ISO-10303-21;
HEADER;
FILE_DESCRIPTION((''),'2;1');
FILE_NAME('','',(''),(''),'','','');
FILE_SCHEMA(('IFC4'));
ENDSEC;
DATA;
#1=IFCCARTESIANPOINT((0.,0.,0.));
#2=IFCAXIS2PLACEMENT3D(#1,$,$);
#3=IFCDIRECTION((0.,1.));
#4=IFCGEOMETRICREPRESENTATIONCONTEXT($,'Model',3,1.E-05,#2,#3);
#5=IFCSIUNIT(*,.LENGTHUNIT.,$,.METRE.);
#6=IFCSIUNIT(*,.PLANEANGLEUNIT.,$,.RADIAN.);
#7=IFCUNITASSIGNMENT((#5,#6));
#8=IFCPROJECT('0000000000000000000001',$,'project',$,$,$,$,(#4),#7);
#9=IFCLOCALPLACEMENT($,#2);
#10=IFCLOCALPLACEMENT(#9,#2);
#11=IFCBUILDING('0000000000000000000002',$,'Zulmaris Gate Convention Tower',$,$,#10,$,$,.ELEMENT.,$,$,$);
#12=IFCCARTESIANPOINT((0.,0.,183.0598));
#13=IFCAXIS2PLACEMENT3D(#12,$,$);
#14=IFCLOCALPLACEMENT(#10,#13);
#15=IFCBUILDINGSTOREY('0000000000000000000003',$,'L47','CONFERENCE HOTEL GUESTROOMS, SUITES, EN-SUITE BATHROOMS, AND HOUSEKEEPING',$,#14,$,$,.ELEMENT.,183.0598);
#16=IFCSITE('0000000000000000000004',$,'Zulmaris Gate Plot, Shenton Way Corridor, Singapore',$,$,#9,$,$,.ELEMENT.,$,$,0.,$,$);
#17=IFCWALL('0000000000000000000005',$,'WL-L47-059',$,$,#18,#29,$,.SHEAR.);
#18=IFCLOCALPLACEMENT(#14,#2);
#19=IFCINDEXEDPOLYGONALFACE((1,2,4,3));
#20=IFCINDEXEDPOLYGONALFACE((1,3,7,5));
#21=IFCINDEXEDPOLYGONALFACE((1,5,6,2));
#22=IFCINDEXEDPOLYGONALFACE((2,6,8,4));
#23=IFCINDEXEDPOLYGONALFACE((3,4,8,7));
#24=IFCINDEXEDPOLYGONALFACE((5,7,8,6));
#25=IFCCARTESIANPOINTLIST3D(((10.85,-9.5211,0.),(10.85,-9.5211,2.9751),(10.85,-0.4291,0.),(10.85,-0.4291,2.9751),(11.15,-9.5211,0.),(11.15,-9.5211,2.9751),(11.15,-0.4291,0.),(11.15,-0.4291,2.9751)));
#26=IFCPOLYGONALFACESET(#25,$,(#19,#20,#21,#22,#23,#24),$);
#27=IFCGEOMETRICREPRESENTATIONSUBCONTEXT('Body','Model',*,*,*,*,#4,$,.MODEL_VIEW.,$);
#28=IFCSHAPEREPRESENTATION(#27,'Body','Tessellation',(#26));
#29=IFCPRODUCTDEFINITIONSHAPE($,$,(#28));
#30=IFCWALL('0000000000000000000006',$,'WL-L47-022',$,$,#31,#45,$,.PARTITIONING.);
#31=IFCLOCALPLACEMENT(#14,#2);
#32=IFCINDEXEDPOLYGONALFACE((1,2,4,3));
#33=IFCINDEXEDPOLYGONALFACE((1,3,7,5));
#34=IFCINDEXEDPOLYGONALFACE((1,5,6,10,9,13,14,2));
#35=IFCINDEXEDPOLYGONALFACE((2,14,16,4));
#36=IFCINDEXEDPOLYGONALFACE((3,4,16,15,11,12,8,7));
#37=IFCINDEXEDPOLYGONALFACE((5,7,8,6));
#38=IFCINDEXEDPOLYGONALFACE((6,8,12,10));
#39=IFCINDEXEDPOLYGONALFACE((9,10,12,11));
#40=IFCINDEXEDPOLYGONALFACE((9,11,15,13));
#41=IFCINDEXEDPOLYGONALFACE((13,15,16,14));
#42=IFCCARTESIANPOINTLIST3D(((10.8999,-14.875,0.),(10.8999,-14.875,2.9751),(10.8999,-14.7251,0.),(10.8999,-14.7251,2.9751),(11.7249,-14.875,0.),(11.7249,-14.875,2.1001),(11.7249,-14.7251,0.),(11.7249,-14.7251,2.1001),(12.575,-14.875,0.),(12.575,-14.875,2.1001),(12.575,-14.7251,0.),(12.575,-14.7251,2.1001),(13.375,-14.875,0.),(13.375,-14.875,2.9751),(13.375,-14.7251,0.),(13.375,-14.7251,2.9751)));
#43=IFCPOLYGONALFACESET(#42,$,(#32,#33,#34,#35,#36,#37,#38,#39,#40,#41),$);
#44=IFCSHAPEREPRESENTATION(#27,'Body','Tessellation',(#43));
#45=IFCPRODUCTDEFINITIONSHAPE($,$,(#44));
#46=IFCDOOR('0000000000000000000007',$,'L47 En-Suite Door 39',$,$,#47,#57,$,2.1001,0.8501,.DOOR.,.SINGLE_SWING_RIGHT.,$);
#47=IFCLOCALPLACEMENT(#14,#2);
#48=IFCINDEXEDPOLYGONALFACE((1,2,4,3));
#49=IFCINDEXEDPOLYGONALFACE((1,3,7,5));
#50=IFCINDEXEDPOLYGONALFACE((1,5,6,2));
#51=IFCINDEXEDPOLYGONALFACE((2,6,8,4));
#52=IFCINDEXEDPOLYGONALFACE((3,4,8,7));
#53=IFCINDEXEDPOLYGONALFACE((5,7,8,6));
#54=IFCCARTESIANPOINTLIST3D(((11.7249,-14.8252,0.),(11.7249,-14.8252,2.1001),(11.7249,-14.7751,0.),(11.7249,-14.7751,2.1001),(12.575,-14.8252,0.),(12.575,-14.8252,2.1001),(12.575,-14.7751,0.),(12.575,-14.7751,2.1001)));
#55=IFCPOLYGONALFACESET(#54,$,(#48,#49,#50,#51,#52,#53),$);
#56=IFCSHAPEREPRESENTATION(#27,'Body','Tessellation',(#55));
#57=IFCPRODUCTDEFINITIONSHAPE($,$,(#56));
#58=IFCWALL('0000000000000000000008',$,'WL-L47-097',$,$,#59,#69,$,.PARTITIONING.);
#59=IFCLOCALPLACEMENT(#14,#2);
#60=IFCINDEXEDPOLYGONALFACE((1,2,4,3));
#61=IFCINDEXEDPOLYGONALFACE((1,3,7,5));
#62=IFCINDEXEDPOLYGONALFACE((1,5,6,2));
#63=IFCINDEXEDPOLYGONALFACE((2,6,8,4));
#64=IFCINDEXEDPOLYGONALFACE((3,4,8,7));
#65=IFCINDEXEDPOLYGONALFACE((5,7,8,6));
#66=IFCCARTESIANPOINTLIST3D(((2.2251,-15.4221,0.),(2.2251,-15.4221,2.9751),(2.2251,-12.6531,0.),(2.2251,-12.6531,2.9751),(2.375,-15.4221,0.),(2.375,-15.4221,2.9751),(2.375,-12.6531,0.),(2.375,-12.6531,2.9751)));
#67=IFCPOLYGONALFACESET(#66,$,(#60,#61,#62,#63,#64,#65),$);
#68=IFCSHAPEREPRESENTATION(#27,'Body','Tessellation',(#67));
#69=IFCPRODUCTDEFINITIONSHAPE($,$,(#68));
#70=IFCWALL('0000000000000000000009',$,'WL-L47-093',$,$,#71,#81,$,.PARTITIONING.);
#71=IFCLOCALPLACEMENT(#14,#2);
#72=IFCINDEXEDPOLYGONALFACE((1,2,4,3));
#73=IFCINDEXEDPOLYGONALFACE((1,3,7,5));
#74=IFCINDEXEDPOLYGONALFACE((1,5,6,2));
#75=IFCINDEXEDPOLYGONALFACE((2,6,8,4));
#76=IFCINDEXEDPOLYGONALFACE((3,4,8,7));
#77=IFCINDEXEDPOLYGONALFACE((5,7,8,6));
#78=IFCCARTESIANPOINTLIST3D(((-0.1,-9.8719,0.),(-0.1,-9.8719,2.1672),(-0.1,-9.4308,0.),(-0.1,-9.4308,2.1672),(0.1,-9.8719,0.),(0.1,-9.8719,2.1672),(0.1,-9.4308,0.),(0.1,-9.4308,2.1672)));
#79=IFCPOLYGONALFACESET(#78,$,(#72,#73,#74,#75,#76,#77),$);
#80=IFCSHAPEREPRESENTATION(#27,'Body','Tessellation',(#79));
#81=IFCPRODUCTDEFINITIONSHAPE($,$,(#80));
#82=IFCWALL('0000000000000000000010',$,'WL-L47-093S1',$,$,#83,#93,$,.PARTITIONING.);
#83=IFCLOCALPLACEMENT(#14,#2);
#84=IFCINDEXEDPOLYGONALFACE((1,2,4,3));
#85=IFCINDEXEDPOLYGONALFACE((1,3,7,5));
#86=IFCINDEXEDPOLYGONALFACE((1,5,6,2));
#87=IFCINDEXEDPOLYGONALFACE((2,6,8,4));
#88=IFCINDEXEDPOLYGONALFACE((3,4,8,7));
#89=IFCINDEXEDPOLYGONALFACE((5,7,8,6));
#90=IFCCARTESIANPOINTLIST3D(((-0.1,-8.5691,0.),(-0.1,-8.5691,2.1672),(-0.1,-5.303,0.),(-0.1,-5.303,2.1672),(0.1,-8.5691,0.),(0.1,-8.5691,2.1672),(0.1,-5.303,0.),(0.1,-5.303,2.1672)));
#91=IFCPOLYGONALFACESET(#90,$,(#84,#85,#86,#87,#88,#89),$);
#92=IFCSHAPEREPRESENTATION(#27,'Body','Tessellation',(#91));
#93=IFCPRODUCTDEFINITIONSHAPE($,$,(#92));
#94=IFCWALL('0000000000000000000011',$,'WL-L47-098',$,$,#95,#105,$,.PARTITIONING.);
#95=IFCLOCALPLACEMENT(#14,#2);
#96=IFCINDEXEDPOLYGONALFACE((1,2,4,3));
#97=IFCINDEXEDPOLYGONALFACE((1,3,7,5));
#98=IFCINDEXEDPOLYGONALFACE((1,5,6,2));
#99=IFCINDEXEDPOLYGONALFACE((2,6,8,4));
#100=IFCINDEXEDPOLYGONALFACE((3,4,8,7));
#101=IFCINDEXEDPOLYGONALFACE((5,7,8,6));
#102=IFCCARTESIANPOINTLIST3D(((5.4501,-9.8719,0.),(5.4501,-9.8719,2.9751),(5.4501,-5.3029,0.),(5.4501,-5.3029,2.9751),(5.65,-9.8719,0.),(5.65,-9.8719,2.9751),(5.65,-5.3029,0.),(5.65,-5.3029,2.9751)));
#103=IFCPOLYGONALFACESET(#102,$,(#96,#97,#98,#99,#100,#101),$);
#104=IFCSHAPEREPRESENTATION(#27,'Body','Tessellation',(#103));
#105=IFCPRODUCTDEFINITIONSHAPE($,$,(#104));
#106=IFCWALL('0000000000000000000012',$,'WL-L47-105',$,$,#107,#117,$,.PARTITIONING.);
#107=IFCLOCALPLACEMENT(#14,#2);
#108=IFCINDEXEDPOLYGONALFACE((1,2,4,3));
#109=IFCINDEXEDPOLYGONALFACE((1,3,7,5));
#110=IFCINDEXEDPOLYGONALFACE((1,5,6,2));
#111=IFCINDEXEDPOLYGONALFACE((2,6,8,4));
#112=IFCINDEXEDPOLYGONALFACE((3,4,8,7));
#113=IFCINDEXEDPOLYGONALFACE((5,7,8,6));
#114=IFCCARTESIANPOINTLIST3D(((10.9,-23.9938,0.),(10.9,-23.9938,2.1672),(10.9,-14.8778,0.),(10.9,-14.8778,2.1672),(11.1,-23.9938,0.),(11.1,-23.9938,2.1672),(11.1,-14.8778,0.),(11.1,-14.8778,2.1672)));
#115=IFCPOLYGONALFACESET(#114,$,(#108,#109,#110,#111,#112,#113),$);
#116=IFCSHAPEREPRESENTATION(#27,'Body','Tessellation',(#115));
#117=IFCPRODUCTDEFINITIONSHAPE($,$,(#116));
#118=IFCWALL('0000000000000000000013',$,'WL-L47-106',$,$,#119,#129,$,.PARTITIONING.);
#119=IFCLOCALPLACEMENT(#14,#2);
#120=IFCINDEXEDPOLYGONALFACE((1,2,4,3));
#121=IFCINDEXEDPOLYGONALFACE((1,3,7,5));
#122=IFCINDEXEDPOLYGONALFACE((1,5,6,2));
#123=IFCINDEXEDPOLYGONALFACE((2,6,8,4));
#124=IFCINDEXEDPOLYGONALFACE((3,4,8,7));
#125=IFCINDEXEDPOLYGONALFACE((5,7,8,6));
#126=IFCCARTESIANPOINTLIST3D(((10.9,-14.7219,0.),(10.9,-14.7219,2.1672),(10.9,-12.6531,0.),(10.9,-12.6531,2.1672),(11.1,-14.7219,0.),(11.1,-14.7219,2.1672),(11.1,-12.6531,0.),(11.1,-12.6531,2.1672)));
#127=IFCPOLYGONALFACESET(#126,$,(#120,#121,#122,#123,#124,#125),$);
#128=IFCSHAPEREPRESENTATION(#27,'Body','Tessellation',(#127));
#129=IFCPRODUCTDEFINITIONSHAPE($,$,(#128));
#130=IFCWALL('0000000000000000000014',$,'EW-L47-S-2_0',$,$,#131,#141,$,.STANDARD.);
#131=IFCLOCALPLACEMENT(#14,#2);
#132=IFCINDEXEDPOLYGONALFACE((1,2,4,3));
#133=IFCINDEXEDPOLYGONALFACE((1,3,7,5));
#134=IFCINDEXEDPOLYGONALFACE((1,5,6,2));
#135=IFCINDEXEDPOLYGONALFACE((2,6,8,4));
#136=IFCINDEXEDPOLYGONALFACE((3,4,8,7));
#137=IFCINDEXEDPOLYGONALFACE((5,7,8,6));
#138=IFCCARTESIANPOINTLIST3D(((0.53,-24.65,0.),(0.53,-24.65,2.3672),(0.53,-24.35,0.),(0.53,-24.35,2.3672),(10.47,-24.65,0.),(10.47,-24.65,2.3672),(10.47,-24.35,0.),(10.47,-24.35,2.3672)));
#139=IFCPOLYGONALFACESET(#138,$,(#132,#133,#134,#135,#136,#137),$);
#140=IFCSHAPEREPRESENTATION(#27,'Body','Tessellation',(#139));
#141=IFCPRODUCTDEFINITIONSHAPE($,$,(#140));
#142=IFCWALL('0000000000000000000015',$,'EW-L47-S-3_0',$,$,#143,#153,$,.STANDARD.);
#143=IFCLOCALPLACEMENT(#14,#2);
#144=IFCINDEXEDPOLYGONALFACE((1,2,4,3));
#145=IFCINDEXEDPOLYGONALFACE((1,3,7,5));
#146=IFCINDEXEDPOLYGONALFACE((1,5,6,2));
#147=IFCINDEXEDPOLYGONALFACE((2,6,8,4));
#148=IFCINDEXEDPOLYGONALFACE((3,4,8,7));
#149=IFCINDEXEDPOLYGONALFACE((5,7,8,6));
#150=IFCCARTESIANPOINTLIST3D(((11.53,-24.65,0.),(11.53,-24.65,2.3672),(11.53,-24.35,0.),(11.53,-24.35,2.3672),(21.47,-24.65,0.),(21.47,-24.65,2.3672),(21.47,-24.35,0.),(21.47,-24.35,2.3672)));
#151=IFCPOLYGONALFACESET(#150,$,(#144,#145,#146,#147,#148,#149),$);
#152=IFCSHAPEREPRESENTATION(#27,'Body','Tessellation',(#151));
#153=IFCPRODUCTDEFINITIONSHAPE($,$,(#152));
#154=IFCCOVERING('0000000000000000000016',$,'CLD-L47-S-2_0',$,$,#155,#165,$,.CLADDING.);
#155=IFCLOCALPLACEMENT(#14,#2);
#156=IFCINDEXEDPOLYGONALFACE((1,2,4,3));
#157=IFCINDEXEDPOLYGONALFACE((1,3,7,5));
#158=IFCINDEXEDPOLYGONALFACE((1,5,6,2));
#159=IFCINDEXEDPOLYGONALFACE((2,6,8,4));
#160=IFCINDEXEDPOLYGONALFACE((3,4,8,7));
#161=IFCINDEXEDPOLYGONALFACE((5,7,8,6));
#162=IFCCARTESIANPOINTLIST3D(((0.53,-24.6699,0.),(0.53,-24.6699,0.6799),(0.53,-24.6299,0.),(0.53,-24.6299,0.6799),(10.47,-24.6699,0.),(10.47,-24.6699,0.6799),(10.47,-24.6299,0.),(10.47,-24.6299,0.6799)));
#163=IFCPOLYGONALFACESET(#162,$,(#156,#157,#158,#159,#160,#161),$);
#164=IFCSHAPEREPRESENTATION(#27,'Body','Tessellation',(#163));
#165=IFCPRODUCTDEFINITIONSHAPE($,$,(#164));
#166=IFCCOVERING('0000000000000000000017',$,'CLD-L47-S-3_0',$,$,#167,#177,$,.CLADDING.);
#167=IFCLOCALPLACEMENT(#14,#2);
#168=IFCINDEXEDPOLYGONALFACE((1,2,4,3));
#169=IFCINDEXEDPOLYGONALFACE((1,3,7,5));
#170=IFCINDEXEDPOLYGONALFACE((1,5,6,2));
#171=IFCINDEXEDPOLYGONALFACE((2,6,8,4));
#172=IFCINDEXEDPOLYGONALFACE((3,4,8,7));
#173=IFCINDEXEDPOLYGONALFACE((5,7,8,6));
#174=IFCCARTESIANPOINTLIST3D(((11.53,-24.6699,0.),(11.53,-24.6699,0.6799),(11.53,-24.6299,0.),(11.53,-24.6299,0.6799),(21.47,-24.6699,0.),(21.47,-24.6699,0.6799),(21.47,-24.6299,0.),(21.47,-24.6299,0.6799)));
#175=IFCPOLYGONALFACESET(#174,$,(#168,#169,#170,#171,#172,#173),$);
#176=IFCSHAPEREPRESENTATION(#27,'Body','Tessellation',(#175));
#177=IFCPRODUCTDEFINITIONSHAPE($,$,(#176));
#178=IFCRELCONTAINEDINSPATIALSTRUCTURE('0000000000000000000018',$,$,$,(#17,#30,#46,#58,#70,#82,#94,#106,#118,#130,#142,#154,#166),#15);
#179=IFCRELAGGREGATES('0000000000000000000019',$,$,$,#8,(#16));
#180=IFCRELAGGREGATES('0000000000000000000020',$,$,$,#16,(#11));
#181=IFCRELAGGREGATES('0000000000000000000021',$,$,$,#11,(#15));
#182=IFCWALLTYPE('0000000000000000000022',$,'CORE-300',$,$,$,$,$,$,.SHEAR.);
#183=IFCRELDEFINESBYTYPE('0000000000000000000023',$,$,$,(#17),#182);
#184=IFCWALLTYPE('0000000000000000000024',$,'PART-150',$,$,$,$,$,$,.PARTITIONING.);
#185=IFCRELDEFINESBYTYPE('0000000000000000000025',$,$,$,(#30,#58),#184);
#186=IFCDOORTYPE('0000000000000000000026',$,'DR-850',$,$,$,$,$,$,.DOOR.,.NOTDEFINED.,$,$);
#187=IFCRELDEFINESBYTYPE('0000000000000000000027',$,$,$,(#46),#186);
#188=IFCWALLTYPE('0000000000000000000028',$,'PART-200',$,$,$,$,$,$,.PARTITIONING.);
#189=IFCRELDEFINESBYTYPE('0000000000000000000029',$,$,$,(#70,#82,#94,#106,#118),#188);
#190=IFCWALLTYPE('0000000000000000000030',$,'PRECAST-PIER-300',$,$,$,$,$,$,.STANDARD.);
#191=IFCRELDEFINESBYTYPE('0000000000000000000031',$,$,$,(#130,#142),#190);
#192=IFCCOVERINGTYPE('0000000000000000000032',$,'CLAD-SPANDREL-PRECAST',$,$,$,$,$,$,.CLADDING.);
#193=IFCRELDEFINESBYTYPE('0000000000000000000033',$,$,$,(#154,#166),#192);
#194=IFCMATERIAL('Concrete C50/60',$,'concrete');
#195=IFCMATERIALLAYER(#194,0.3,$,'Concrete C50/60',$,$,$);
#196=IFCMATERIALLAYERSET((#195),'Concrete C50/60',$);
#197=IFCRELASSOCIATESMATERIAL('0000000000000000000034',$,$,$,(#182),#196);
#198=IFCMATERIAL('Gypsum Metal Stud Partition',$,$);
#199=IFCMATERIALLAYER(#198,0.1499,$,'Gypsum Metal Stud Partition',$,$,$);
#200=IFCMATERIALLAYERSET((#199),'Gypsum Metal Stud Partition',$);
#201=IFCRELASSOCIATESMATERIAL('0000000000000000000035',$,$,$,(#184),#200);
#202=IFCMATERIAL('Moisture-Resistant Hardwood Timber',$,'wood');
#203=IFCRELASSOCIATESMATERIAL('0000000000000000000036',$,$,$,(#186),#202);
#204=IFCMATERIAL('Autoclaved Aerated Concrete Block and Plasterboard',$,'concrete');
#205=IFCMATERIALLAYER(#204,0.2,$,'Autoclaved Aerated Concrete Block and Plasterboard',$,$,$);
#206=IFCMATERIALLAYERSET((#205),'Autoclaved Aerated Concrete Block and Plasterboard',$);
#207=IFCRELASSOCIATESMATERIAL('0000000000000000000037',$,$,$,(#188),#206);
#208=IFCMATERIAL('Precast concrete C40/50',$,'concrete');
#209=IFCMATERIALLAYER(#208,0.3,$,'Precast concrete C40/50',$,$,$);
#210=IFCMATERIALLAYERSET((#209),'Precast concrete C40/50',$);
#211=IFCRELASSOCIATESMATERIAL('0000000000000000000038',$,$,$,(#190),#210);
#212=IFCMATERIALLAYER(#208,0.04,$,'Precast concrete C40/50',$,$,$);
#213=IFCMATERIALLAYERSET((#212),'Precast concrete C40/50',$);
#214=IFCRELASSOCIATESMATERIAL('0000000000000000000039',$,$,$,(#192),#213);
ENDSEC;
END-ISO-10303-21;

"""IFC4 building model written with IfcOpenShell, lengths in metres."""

from ifc_helpers import new_model, si_unit, direction, frame, frame_2d, origin, place, context, subcontext, project, spatial, rectangle, extrude, material, layer, layer_set, type_object, element, fill, save


model = new_model("IFC4")

# Units and contexts
model_context = context("Model", 3, precision=1e-05, world=origin(), true_north=direction((0.0, 1.0)))
body_context = subcontext(model_context, "Body", "Model", "MODEL_VIEW")
ifc_project = project(units=[si_unit("LENGTHUNIT", "METRE"), si_unit("PLANEANGLEUNIT", "RADIAN")], contexts=[model_context])

# Site, building, storey
site_placement = place(None, origin())
site = spatial("IfcSite", under=ifc_project, at=site_placement, Name="Zulmaris Gate Plot, Shenton Way Corridor, Singapore", CompositionType="ELEMENT", RefElevation=0.0)
building_placement = place(site_placement, origin())
building = spatial("IfcBuilding", under=site, at=building_placement, Name="Zulmaris Gate Convention Tower", CompositionType="ELEMENT")
storey_placement = place(building_placement, frame((0.0, 0.0, 183.0598)))
storey = spatial("IfcBuildingStorey", under=building, at=storey_placement, Name="L47", Description="CONFERENCE HOTEL GUESTROOMS, SUITES, EN-SUITE BATHROOMS, AND HOUSEKEEPING", CompositionType="ELEMENT", Elevation=183.0598)

# Shared definitions
ifc_material_1 = material(Name="Concrete C50/60", Category="concrete")

# Wall
ifc_layer_1 = layer(ifc_material_1, 0.3, Name="Concrete C50/60")
ifc_layer_set_1 = layer_set([ifc_layer_1], Name="Concrete C50/60")
wall_type_1 = type_object("IfcWallType", Name="CORE-300", PredefinedType="SHEAR", material=ifc_layer_set_1)
wall_1_placement = place(storey_placement, frame((11.0, -9.521, 0.0), z_axis=(0.0, 0.0, 1.0), x_axis=(0.0, 1.0, 0.0)))
element("IfcWall", 1, at=wall_1_placement, inside=storey, type_object=wall_type_1, Name="WL-L47-059", PredefinedType="SHEAR", context=body_context, shape_type="SweptSolid", body=[
    extrude(rectangle(XDim=9.092, YDim=0.3, at=frame_2d((4.5459, 0.0))), origin(), (0.0, 0.0, 1.0), 2.9751),
])

# Wall, opening, door
ifc_material_2 = material(Name="Gypsum Metal Stud Partition")
ifc_layer_2 = layer(ifc_material_2, 0.1499, Name="Gypsum Metal Stud Partition")
ifc_layer_set_2 = layer_set([ifc_layer_2], Name="Gypsum Metal Stud Partition")
wall_type_2 = type_object("IfcWallType", Name="PART-150", PredefinedType="PARTITIONING", material=ifc_layer_set_2)
wall_2_placement = place(storey_placement, frame((10.8999, -14.8, 0.0), z_axis=(0.0, 0.0, 1.0), x_axis=(1.0, 0.0, 0.0)))
wall_2 = element("IfcWall", 2, at=wall_2_placement, inside=storey, type_object=wall_type_2, Name="WL-L47-022", PredefinedType="PARTITIONING", context=body_context, shape_type="SweptSolid", body=[
    extrude(rectangle(XDim=2.4751, YDim=0.1499, at=frame_2d((1.2375, 0.0))), origin(), (0.0, 0.0, 1.0), 2.9751),
])
opening_1_placement = place(wall_2_placement, frame((0.825, 0.0, 0.0)))
opening_1 = element("IfcOpeningElement", 3, at=opening_1_placement, cuts=wall_2, PredefinedType="OPENING", context=body_context, shape_type="SweptSolid", body=[
    extrude(rectangle(XDim=0.8501, YDim=2.1001, at=frame_2d((0.425, 1.05))), frame((0.0, 0.085, 0.0), z_axis=(0.0, -1.0, 0.0), x_axis=(1.0, 0.0, 0.0)), (0.0, 0.0, 1.0), 0.1699),
])
ifc_material_3 = material(Name="Moisture-Resistant Hardwood Timber", Category="wood")
door_type_1 = type_object("IfcDoorType", Name="DR-850", OperationType="NOTDEFINED", PredefinedType="DOOR", material=ifc_material_3)
door_1_placement = place(opening_1_placement, origin())
door_1 = element("IfcDoor", 4, at=door_1_placement, inside=storey, type_object=door_type_1, Name="L47 En-Suite Door 39", OperationType="SINGLE_SWING_RIGHT", OverallHeight=2.1001, OverallWidth=0.8501, PredefinedType="DOOR", context=body_context, shape_type="SweptSolid", body=[
    extrude(rectangle(XDim=0.8501, YDim=2.1001, at=frame_2d((0.425, 1.05))), frame((0.0, 0.0249, 0.0), z_axis=(0.0, -1.0, 0.0), x_axis=(1.0, 0.0, 0.0)), (0.0, 0.0, 1.0), 0.05),
])
fill(opening_1, door_1)

# Wall
wall_3_placement = place(storey_placement, frame((2.3, -15.4221, 0.0), z_axis=(0.0, 0.0, 1.0), x_axis=(0.0, 1.0, 0.0)))
element("IfcWall", 5, at=wall_3_placement, inside=storey, type_object=wall_type_2, Name="WL-L47-097", PredefinedType="PARTITIONING", context=body_context, shape_type="SweptSolid", body=[
    extrude(rectangle(XDim=2.769, YDim=0.1499, at=frame_2d((1.3845, 0.0))), origin(), (0.0, 0.0, 1.0), 2.9751),
])

# Walls
ifc_material_4 = material(Name="Autoclaved Aerated Concrete Block and Plasterboard", Category="concrete")
ifc_layer_3 = layer(ifc_material_4, 0.2, Name="Autoclaved Aerated Concrete Block and Plasterboard")
ifc_layer_set_3 = layer_set([ifc_layer_3], Name="Autoclaved Aerated Concrete Block and Plasterboard")
wall_type_3 = type_object("IfcWallType", Name="PART-200", PredefinedType="PARTITIONING", material=ifc_layer_set_3)
wall_4_placement = place(storey_placement, frame((0.0, -9.8721, 0.0), z_axis=(0.0, 0.0, 1.0), x_axis=(0.0, 1.0, 0.0)))
element("IfcWall", 6, at=wall_4_placement, inside=storey, type_object=wall_type_3, Name="WL-L47-093", PredefinedType="PARTITIONING", context=body_context, shape_type="SweptSolid", body=[
    extrude(rectangle(XDim=0.4412, YDim=0.2, at=frame_2d((0.2207, 0.0))), origin(), (0.0, 0.0, 1.0), 2.1672),
])
wall_5_placement = place(storey_placement, frame((0.0, -8.5691, 0.0), z_axis=(0.0, 0.0, 1.0), x_axis=(0.0, 1.0, 0.0)))
element("IfcWall", 7, at=wall_5_placement, inside=storey, type_object=wall_type_3, Name="WL-L47-093S1", PredefinedType="PARTITIONING", context=body_context, shape_type="SweptSolid", body=[
    extrude(rectangle(XDim=3.2661, YDim=0.2, at=frame_2d((1.6331, 0.0))), origin(), (0.0, 0.0, 1.0), 2.1672),
])
wall_6_placement = place(storey_placement, frame((5.55, -9.8721, 0.0), z_axis=(0.0, 0.0, 1.0), x_axis=(0.0, 1.0, 0.0)))
element("IfcWall", 8, at=wall_6_placement, inside=storey, type_object=wall_type_3, Name="WL-L47-098", PredefinedType="PARTITIONING", context=body_context, shape_type="SweptSolid", body=[
    extrude(rectangle(XDim=4.5691, YDim=0.2, at=frame_2d((2.2847, 0.0))), origin(), (0.0, 0.0, 1.0), 2.9751),
])
wall_7_placement = place(storey_placement, frame((11.0, -23.9939, 0.0), z_axis=(0.0, 0.0, 1.0), x_axis=(0.0, 1.0, 0.0)))
element("IfcWall", 9, at=wall_7_placement, inside=storey, type_object=wall_type_3, Name="WL-L47-105", PredefinedType="PARTITIONING", context=body_context, shape_type="SweptSolid", body=[
    extrude(rectangle(XDim=9.116, YDim=0.2, at=frame_2d((4.5581, 0.0))), origin(), (0.0, 0.0, 1.0), 2.1672),
])
wall_8_placement = place(storey_placement, frame((11.0, -14.7219, 0.0), z_axis=(0.0, 0.0, 1.0), x_axis=(0.0, 1.0, 0.0)))
element("IfcWall", 10, at=wall_8_placement, inside=storey, type_object=wall_type_3, Name="WL-L47-106", PredefinedType="PARTITIONING", context=body_context, shape_type="SweptSolid", body=[
    extrude(rectangle(XDim=2.0688, YDim=0.2, at=frame_2d((1.0344, 0.0))), origin(), (0.0, 0.0, 1.0), 2.1672),
])
ifc_material_5 = material(Name="Precast concrete C40/50", Category="concrete")
ifc_layer_4 = layer(ifc_material_5, 0.3, Name="Precast concrete C40/50")
ifc_layer_set_4 = layer_set([ifc_layer_4], Name="Precast concrete C40/50")
wall_type_4 = type_object("IfcWallType", Name="PRECAST-PIER-300", PredefinedType="STANDARD", material=ifc_layer_set_4)
for number, where, z_axis, x_axis, name in (
    (11, (0.53, -24.5, 0.0), (0.0, 0.0, 1.0), (1.0, 0.0, 0.0), "EW-L47-S-2_0"),
    (12, (11.53, -24.5, 0.0), (0.0, 0.0, 1.0), (1.0, 0.0, 0.0), "EW-L47-S-3_0"),
):
    element("IfcWall", number, at=place(storey_placement, frame(where, z_axis=z_axis, x_axis=x_axis)), inside=storey, type_object=wall_type_4, Name=name, PredefinedType="STANDARD", context=body_context, shape_type="SweptSolid", body=[
        extrude(rectangle(XDim=9.9399, YDim=0.3, at=frame_2d((4.97, 0.0))), origin(), (0.0, 0.0, 1.0), 2.3672),
    ])

# Coverings
ifc_layer_5 = layer(ifc_material_5, 0.04, Name="Precast concrete C40/50")
ifc_layer_set_5 = layer_set([ifc_layer_5], Name="Precast concrete C40/50")
covering_type = type_object("IfcCoveringType", Name="CLAD-SPANDREL-PRECAST", PredefinedType="CLADDING", material=ifc_layer_set_5)
for number, where, z_axis, x_axis, name in (
    (13, (0.53, -24.6499, 0.0), (0.0, 0.0, 1.0), (1.0, 0.0, 0.0), "CLD-L47-S-2_0"),
    (14, (11.53, -24.6499, 0.0), (0.0, 0.0, 1.0), (1.0, 0.0, 0.0), "CLD-L47-S-3_0"),
):
    element("IfcCovering", number, at=place(storey_placement, frame(where, z_axis=z_axis, x_axis=x_axis)), inside=storey, type_object=covering_type, Name=name, PredefinedType="CLADDING", context=body_context, shape_type="SweptSolid", body=[
        extrude(rectangle(XDim=9.9399, YDim=0.04, at=frame_2d((4.97, 0.0))), origin(), (0.0, 0.0, 1.0), 0.6799),
    ])

save(model, "model.ifc")
